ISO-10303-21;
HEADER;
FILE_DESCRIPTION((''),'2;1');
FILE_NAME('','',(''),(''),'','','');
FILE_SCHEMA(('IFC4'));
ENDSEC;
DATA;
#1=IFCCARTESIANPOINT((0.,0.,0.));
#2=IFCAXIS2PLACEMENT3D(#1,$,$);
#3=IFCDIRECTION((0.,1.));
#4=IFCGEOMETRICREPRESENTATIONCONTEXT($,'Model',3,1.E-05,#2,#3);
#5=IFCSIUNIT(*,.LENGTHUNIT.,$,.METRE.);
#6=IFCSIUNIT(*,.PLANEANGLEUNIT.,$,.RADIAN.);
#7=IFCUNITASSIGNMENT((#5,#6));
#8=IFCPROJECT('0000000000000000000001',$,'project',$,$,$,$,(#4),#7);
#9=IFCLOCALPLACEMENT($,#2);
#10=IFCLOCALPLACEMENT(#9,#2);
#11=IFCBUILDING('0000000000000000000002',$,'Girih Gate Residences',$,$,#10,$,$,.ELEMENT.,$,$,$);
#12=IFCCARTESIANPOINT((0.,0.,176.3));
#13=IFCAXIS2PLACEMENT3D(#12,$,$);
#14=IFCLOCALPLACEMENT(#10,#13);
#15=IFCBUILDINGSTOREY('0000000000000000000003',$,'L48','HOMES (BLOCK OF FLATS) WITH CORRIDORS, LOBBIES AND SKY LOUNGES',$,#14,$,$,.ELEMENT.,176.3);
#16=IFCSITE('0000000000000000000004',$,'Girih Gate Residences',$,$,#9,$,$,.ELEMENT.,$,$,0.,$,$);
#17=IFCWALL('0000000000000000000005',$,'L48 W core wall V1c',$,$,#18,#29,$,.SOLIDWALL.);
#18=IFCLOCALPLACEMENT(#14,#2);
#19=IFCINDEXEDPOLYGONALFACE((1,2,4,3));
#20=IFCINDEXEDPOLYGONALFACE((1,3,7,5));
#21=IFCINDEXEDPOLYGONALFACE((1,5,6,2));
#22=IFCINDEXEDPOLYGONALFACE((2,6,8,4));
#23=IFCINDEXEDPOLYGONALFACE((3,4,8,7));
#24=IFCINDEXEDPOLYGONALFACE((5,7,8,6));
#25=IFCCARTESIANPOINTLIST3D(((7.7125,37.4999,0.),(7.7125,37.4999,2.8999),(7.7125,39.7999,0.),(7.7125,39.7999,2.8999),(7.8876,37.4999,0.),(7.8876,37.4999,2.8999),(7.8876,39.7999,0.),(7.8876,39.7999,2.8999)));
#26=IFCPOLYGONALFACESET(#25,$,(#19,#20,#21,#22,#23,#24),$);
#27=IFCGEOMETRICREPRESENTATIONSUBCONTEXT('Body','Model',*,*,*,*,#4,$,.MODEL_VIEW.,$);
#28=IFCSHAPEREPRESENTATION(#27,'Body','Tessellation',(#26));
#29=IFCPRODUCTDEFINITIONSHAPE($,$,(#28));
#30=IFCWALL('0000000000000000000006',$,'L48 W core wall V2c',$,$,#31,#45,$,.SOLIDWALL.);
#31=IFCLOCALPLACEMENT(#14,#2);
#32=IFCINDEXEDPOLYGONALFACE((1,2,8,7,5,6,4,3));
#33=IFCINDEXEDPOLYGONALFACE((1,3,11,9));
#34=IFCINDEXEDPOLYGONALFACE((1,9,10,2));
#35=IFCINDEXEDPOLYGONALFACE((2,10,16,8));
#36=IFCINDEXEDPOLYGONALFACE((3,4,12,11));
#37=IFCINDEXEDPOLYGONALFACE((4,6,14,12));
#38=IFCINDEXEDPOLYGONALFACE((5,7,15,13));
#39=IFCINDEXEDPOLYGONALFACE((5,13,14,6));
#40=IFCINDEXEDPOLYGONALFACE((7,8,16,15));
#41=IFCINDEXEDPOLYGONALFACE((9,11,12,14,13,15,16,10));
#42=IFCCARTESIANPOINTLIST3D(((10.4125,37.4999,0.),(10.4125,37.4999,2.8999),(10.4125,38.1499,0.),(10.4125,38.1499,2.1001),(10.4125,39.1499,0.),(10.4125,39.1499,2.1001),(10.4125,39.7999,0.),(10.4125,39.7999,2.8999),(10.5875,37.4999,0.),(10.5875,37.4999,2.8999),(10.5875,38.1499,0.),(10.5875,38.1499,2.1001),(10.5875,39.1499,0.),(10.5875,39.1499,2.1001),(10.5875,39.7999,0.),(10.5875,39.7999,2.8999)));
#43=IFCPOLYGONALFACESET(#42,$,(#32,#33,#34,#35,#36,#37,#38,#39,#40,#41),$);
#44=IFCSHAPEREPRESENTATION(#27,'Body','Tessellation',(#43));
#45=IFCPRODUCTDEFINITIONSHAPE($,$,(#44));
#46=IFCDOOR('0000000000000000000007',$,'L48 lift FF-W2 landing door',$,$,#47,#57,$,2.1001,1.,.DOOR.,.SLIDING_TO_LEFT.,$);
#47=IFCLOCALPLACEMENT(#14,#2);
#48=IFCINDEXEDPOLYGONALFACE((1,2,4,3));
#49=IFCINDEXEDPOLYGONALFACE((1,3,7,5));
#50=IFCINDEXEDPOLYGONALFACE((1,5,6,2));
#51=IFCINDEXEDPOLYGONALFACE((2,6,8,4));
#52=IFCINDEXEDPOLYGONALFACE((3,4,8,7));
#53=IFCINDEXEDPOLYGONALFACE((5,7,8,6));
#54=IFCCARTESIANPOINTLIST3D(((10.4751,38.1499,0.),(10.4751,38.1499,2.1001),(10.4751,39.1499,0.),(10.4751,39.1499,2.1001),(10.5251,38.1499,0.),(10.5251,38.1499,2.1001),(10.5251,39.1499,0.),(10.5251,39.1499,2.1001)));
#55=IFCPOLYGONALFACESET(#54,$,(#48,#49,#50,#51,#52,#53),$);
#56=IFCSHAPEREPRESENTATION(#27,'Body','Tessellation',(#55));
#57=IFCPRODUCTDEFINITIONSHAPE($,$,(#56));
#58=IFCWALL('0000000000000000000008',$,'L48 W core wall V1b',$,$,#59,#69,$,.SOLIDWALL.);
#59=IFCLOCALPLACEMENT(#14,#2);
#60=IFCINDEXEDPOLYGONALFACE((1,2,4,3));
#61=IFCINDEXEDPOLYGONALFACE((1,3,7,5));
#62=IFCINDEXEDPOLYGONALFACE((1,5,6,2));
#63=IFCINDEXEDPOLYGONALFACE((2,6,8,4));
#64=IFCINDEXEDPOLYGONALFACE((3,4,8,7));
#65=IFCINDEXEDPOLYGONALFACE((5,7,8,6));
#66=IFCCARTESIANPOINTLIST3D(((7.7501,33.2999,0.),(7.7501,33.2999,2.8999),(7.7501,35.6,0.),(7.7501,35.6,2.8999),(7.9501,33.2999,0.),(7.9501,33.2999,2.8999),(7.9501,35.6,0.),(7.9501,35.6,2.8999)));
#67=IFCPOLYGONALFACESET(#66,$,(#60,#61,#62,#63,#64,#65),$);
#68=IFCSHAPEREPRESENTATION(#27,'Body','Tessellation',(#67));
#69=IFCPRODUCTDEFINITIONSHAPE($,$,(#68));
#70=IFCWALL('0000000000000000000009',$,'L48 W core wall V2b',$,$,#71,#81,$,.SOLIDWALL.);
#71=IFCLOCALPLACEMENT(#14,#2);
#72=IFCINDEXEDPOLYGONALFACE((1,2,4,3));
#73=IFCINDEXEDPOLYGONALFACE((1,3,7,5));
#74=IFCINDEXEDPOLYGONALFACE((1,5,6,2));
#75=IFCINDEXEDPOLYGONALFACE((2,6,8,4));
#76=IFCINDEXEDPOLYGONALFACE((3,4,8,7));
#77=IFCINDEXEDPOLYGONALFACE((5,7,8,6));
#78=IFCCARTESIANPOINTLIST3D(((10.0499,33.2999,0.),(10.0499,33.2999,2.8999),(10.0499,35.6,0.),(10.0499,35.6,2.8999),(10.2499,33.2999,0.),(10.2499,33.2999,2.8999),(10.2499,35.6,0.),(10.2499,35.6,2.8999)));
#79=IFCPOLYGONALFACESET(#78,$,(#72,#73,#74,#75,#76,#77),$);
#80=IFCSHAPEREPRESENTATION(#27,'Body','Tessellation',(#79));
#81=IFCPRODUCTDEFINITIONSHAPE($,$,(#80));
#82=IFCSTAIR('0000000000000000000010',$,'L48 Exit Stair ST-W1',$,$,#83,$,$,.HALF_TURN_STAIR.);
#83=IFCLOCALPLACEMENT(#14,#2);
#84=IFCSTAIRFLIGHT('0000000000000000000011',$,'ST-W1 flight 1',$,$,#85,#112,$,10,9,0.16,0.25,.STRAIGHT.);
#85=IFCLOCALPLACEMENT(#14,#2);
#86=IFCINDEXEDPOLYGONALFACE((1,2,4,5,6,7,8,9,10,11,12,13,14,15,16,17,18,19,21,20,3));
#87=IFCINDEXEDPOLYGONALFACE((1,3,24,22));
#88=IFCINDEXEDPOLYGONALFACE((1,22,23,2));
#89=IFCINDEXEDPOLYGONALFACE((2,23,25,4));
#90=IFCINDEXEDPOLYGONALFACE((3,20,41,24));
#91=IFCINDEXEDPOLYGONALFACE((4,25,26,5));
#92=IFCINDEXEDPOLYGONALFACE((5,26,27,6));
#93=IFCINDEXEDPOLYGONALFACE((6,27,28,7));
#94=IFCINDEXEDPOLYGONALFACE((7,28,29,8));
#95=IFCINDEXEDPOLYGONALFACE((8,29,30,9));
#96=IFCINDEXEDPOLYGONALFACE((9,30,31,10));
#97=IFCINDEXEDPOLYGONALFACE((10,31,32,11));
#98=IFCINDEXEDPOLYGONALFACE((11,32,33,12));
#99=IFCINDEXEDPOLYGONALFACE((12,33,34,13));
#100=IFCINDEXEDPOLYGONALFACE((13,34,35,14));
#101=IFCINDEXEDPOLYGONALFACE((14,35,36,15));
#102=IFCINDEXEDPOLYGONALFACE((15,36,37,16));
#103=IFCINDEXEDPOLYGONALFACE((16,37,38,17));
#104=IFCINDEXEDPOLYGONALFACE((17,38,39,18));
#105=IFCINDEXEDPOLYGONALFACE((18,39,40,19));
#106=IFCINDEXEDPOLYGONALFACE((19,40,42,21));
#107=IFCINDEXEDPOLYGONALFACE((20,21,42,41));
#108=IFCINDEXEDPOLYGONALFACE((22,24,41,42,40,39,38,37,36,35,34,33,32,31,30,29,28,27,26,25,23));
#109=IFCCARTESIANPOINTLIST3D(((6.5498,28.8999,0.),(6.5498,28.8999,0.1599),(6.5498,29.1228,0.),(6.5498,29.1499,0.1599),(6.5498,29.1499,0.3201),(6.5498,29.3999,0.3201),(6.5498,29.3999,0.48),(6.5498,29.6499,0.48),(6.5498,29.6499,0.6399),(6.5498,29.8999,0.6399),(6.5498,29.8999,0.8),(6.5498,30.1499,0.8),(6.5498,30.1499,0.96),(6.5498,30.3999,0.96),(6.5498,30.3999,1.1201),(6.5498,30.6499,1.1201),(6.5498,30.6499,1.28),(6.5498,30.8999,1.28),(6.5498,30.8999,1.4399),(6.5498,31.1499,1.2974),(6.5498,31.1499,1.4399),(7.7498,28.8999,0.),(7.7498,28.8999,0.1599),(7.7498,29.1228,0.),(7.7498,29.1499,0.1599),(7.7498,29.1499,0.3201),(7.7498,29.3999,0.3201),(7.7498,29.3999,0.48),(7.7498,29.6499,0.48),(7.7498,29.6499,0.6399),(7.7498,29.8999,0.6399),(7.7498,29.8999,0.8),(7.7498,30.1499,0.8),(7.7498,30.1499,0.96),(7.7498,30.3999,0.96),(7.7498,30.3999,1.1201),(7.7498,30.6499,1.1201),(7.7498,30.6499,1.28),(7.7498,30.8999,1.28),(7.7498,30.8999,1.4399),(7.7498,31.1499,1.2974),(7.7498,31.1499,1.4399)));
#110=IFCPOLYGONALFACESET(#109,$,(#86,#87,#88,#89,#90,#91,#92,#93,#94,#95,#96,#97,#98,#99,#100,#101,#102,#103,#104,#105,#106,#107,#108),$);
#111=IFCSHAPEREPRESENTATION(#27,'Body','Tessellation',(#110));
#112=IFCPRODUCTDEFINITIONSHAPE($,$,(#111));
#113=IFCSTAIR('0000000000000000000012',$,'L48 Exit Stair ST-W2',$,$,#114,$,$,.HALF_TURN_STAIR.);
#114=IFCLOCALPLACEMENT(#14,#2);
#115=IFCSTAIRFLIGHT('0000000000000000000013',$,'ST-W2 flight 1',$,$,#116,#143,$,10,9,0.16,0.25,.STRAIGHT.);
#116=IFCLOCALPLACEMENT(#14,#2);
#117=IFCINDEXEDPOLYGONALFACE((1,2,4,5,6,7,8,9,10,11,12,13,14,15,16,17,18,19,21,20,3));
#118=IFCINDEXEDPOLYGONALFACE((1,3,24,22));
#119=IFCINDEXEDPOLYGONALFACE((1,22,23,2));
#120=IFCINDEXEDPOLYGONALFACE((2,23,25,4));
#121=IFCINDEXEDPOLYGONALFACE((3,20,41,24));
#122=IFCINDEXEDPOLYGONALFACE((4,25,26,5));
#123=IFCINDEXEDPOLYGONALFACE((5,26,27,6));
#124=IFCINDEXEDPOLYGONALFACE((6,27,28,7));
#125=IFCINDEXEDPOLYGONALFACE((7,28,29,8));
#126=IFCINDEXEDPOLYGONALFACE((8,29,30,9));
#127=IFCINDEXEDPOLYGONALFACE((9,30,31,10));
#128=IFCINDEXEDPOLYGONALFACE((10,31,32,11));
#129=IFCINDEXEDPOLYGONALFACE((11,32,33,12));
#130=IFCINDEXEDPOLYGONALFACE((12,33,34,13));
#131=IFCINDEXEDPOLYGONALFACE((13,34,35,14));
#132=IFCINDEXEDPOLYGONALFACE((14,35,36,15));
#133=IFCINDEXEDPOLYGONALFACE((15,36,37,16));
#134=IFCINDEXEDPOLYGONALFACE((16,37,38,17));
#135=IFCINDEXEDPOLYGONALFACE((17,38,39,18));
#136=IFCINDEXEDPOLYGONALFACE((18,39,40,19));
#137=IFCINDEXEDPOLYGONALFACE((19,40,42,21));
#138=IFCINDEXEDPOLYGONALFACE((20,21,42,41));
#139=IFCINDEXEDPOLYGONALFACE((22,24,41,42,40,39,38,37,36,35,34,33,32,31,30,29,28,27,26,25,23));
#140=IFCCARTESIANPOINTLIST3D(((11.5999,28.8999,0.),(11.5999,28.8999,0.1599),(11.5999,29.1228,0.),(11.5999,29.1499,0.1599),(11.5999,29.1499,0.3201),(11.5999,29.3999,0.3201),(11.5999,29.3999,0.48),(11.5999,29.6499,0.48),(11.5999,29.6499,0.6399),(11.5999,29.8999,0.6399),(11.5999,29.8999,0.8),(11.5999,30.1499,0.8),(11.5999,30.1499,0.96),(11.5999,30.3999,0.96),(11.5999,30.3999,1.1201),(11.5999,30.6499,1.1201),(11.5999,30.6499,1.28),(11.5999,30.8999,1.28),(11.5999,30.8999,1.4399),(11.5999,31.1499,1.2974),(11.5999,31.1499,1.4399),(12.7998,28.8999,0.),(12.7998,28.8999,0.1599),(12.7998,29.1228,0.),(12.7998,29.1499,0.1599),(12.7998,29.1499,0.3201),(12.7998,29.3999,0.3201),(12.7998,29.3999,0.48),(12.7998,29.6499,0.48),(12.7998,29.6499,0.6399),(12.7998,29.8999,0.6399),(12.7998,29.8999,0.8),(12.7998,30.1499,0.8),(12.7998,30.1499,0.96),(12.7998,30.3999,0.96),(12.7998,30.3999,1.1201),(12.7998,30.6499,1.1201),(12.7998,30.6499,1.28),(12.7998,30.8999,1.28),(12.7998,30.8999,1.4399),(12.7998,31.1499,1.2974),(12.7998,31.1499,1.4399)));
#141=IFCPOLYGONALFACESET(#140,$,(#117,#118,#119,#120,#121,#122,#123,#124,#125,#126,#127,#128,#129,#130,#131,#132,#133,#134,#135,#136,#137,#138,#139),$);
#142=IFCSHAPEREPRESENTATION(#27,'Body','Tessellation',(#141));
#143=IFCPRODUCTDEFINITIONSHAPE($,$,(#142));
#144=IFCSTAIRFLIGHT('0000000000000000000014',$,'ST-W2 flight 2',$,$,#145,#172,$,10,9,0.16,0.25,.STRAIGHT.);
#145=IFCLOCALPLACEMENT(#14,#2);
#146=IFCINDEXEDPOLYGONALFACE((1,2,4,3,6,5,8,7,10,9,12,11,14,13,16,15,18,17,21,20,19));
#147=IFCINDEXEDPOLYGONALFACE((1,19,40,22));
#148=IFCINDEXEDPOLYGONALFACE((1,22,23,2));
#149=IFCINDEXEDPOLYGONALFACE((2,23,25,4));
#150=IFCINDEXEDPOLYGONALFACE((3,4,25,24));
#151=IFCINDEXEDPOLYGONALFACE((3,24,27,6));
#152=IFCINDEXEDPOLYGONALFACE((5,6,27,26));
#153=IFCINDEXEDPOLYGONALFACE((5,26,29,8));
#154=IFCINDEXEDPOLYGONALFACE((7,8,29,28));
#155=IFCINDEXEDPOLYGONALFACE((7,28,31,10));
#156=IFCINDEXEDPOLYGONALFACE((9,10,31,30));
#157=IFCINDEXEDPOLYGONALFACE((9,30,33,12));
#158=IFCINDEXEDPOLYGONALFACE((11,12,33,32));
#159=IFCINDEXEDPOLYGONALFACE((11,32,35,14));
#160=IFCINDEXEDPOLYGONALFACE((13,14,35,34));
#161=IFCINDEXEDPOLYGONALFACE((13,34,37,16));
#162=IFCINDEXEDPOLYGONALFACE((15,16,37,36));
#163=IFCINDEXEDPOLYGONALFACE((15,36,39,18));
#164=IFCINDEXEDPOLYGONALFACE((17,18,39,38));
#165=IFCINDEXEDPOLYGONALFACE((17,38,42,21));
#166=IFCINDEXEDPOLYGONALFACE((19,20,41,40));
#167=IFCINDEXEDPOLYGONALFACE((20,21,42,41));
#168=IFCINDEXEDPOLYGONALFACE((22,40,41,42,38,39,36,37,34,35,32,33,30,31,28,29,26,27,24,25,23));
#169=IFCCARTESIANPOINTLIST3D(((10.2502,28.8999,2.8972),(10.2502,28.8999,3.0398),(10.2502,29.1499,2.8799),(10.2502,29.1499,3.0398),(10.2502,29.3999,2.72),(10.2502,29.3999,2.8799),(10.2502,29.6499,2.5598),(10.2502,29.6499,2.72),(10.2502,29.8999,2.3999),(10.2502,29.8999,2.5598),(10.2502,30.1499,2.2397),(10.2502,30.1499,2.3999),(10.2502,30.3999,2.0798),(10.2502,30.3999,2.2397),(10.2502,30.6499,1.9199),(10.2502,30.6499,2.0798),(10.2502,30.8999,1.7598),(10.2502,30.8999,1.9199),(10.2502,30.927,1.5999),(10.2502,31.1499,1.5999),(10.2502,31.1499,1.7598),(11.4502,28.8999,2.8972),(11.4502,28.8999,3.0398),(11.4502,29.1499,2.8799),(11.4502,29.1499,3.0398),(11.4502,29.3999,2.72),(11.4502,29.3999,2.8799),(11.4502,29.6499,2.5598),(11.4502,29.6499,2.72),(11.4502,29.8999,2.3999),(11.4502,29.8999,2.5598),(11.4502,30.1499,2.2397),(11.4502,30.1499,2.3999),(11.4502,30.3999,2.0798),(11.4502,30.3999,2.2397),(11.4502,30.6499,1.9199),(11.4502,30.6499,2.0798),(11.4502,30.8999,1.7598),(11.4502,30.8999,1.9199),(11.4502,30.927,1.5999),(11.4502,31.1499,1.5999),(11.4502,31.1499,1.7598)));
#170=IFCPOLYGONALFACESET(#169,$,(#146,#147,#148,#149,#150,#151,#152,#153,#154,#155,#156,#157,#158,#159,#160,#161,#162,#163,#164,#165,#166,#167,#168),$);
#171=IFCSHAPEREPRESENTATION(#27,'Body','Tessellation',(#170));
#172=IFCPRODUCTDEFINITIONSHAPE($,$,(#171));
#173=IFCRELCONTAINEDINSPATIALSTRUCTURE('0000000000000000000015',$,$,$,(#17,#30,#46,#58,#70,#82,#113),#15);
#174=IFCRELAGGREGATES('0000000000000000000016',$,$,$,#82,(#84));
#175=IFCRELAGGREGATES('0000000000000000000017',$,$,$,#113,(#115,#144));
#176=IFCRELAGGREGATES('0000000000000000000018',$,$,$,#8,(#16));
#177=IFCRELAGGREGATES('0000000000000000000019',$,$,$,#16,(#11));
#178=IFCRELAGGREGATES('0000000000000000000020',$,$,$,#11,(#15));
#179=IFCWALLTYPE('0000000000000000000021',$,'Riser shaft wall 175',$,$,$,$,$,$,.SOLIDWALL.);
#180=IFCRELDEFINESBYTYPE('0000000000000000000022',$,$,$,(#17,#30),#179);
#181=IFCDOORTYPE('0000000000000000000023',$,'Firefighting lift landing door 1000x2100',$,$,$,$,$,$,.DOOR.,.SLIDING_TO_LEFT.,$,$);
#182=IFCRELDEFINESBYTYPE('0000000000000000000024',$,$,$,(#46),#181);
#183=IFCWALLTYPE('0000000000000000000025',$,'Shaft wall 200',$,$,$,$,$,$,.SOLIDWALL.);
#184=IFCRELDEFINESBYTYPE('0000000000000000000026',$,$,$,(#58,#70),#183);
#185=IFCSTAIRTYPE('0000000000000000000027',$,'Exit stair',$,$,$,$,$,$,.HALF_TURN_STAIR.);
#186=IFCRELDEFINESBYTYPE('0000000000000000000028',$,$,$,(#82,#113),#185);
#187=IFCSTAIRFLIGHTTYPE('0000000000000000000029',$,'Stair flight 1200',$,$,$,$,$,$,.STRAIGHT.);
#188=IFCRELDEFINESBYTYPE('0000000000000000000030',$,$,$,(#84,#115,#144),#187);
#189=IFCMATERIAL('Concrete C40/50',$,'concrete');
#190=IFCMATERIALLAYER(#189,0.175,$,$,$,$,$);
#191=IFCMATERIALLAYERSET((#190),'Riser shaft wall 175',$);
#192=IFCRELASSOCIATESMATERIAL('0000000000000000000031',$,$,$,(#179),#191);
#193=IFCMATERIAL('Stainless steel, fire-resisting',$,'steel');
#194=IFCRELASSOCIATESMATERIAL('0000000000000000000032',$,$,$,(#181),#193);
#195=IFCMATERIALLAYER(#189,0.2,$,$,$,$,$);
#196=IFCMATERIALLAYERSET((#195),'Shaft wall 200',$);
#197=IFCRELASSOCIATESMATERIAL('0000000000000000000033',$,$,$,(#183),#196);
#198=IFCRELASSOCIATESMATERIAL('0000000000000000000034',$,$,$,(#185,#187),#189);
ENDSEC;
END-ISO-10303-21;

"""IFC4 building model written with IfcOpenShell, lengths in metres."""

from ifc_helpers import new_model, si_unit, direction, frame, frame_2d, origin, place, context, subcontext, project, spatial, polyline, rectangle, outline, extrude, material, layer, layer_set, type_object, element, fill, aggregate, save


model = new_model("IFC4")

# Units and contexts
model_context = context("Model", 3, precision=1e-05, world=origin(), true_north=direction((0.0, 1.0)))
body_context = subcontext(model_context, "Body", "Model", "MODEL_VIEW")
ifc_project = project(units=[si_unit("LENGTHUNIT", "METRE"), si_unit("PLANEANGLEUNIT", "RADIAN")], contexts=[model_context])

# Site, building, storey
site_placement = place(None, origin())
site = spatial("IfcSite", under=ifc_project, at=site_placement, Name="Girih Gate Residences", CompositionType="ELEMENT", RefElevation=0.0)
building_placement = place(site_placement, origin())
building = spatial("IfcBuilding", under=site, at=building_placement, Name="Girih Gate Residences", CompositionType="ELEMENT")
storey_placement = place(building_placement, frame((0.0, 0.0, 176.3)))
storey = spatial("IfcBuildingStorey", under=building, at=storey_placement, Name="L48", Description="HOMES (BLOCK OF FLATS) WITH CORRIDORS, LOBBIES AND SKY LOUNGES", CompositionType="ELEMENT", Elevation=176.3)

# Wall
ifc_material_1 = material(Name="Concrete C40/50", Category="concrete")
ifc_layer_1 = layer(ifc_material_1, 0.175)
ifc_layer_set_1 = layer_set([ifc_layer_1], Name="Riser shaft wall 175")
wall_type_1 = type_object("IfcWallType", Name="Riser shaft wall 175", PredefinedType="SOLIDWALL", material=ifc_layer_set_1)
wall_1_placement = place(storey_placement, frame((7.8, 37.5, 0.0), z_axis=(0.0, 0.0, 1.0), x_axis=(0.0, 1.0, 0.0)))
element("IfcWall", 1, at=wall_1_placement, inside=storey, type_object=wall_type_1, Name="L48 W core wall V1c", PredefinedType="SOLIDWALL", context=body_context, shape_type="SweptSolid", body=[
    extrude(rectangle(XDim=2.3, YDim=0.175, at=frame_2d((1.1499, 0.0))), origin(), (0.0, 0.0, 1.0), 2.8999),
])

# Wall, opening, door
wall_2_placement = place(storey_placement, frame((10.5, 37.5, 0.0), z_axis=(0.0, 0.0, 1.0), x_axis=(0.0, 1.0, 0.0)))
wall_2 = element("IfcWall", 2, at=wall_2_placement, inside=storey, type_object=wall_type_1, Name="L48 W core wall V2c", PredefinedType="SOLIDWALL", context=body_context, shape_type="SweptSolid", body=[
    extrude(rectangle(XDim=2.3, YDim=0.175, at=frame_2d((1.1499, 0.0))), origin(), (0.0, 0.0, 1.0), 2.8999),
])
opening_placement = place(wall_2_placement, frame((0.6499, 0.0, 0.0)))
opening = element("IfcOpeningElement", 3, at=opening_placement, cuts=wall_2, PredefinedType="OPENING", context=body_context, shape_type="SweptSolid", body=[
    extrude(rectangle(XDim=1.0, YDim=2.1001, at=frame_2d((0.5, 1.05))), frame((0.0, 0.0974, 0.0), z_axis=(0.0, -1.0, 0.0), x_axis=(1.0, 0.0, 0.0)), (0.0, 0.0, 1.0), 0.1951),
])
ifc_material_2 = material(Name="Stainless steel, fire-resisting", Category="steel")
door_type = type_object("IfcDoorType", Name="Firefighting lift landing door 1000x2100", OperationType="SLIDING_TO_LEFT", PredefinedType="DOOR", material=ifc_material_2)
door_placement = place(opening_placement, origin())
door = element("IfcDoor", 4, at=door_placement, inside=storey, type_object=door_type, Name="L48 lift FF-W2 landing door", OperationType="SLIDING_TO_LEFT", OverallHeight=2.1001, OverallWidth=1.0, PredefinedType="DOOR", context=body_context, shape_type="SweptSolid", body=[
    extrude(rectangle(XDim=1.0, YDim=2.1001, at=frame_2d((0.5, 1.05))), frame((0.0, 0.0249, 0.0), z_axis=(0.0, -1.0, 0.0), x_axis=(1.0, 0.0, 0.0)), (0.0, 0.0, 1.0), 0.05),
])
fill(opening, door)

# Walls
ifc_layer_2 = layer(ifc_material_1, 0.2)
ifc_layer_set_2 = layer_set([ifc_layer_2], Name="Shaft wall 200")
wall_type_2 = type_object("IfcWallType", Name="Shaft wall 200", PredefinedType="SOLIDWALL", material=ifc_layer_set_2)
for number, where, z_axis, x_axis, name in (
    (5, (7.8501, 33.3, 0.0), (0.0, 0.0, 1.0), (0.0, 1.0, 0.0), "L48 W core wall V1b"),
    (6, (10.1499, 33.3, 0.0), (0.0, 0.0, 1.0), (0.0, 1.0, 0.0), "L48 W core wall V2b"),
):
    element("IfcWall", number, at=place(storey_placement, frame(where, z_axis=z_axis, x_axis=x_axis)), inside=storey, type_object=wall_type_2, Name=name, PredefinedType="SOLIDWALL", context=body_context, shape_type="SweptSolid", body=[
        extrude(rectangle(XDim=2.3, YDim=0.2, at=frame_2d((1.1499, 0.0))), origin(), (0.0, 0.0, 1.0), 2.8999),
    ])

# Stair, stair flight
stair_type = type_object("IfcStairType", Name="Exit stair", PredefinedType="HALF_TURN_STAIR", material=ifc_material_1)
stair_1_placement = place(storey_placement, origin())
stair_1 = element("IfcStair", 7, at=stair_1_placement, inside=storey, type_object=stair_type, Name="L48 Exit Stair ST-W1", PredefinedType="HALF_TURN_STAIR")
stair_flight_type = type_object("IfcStairFlightType", Name="Stair flight 1200", PredefinedType="STRAIGHT", material=ifc_material_1)
stair_flight_1_placement = place(storey_placement, frame((7.1499, 28.8999, 0.0), z_axis=(0.0, 0.0, 1.0), x_axis=(0.0, 1.0, 0.0)))
stair_flight_1 = element("IfcStairFlight", 8, at=stair_flight_1_placement, type_object=stair_flight_type, Name="ST-W1 flight 1", NumberOfRisers=10, NumberOfTreads=9, PredefinedType="STRAIGHT", RiserHeight=0.16, TreadLength=0.25, context=body_context, shape_type="SweptSolid", body=[
    extrude(outline(polyline([(0.0, 0.0), (0.0, 0.1599), (0.25, 0.1599), (0.25, 0.3201), (0.5, 0.3201), (0.5, 0.48), (0.75, 0.48), (0.75, 0.6399), (1.0, 0.6399), (1.0, 0.8), (1.25, 0.8), (1.25, 0.96), (1.5, 0.96), (1.5, 1.1201), (1.75, 1.1201), (1.75, 1.28), (2.0, 1.28), (2.0, 1.4399), (2.25, 1.4399), (2.25, 1.6001), (2.25, 1.2974), (0.2229, 0.0), (0.0, 0.0)])), frame((0.0, 0.6001, 0.0), z_axis=(0.0, -1.0, 0.0), x_axis=(1.0, 0.0, 0.0)), (0.0, 0.0, 1.0), 1.2),
])
aggregate(stair_1, [stair_flight_1])

# Stair, stair flights
stair_2_placement = place(storey_placement, origin())
stair_2 = element("IfcStair", 9, at=stair_2_placement, inside=storey, type_object=stair_type, Name="L48 Exit Stair ST-W2", PredefinedType="HALF_TURN_STAIR")
stair_flight_2_placement = place(storey_placement, frame((12.2, 28.8999, 0.0), z_axis=(0.0, 0.0, 1.0), x_axis=(0.0, 1.0, 0.0)))
stair_flight_2 = element("IfcStairFlight", 10, at=stair_flight_2_placement, type_object=stair_flight_type, Name="ST-W2 flight 1", NumberOfRisers=10, NumberOfTreads=9, PredefinedType="STRAIGHT", RiserHeight=0.16, TreadLength=0.25, context=body_context, shape_type="SweptSolid", body=[
    extrude(outline(polyline([(0.0, 0.0), (0.0, 0.1599), (0.25, 0.1599), (0.25, 0.3201), (0.5, 0.3201), (0.5, 0.48), (0.75, 0.48), (0.75, 0.6399), (1.0, 0.6399), (1.0, 0.8), (1.25, 0.8), (1.25, 0.96), (1.5, 0.96), (1.5, 1.1201), (1.75, 1.1201), (1.75, 1.28), (2.0, 1.28), (2.0, 1.4399), (2.25, 1.4399), (2.25, 1.6001), (2.25, 1.2974), (0.2229, 0.0), (0.0, 0.0)])), frame((0.0, 0.6001, 0.0), z_axis=(0.0, -1.0, 0.0), x_axis=(1.0, 0.0, 0.0)), (0.0, 0.0, 1.0), 1.2),
])
stair_flight_3_placement = place(storey_placement, frame((10.8501, 31.1499, 1.5999), z_axis=(0.0, 0.0, 1.0), x_axis=(0.0, -1.0, 0.0)))
stair_flight_3 = element("IfcStairFlight", 11, at=stair_flight_3_placement, type_object=stair_flight_type, Name="ST-W2 flight 2", NumberOfRisers=10, NumberOfTreads=9, PredefinedType="STRAIGHT", RiserHeight=0.16, TreadLength=0.25, context=body_context, shape_type="SweptSolid", body=[
    extrude(outline(polyline([(0.0, 0.0), (0.0, 0.1599), (0.25, 0.1599), (0.25, 0.3201), (0.5, 0.3201), (0.5, 0.48), (0.75, 0.48), (0.75, 0.6399), (1.0, 0.6399), (1.0, 0.8), (1.25, 0.8), (1.25, 0.96), (1.5, 0.96), (1.5, 1.1201), (1.75, 1.1201), (1.75, 1.28), (2.0, 1.28), (2.0, 1.4399), (2.25, 1.4399), (2.25, 1.6001), (2.25, 1.2974), (0.2229, 0.0), (0.0, 0.0)])), frame((0.0, 0.6001, 0.0), z_axis=(0.0, -1.0, 0.0), x_axis=(1.0, 0.0, 0.0)), (0.0, 0.0, 1.0), 1.2),
])
aggregate(stair_2, [stair_flight_2, stair_flight_3])

save(model, "model.ifc")
